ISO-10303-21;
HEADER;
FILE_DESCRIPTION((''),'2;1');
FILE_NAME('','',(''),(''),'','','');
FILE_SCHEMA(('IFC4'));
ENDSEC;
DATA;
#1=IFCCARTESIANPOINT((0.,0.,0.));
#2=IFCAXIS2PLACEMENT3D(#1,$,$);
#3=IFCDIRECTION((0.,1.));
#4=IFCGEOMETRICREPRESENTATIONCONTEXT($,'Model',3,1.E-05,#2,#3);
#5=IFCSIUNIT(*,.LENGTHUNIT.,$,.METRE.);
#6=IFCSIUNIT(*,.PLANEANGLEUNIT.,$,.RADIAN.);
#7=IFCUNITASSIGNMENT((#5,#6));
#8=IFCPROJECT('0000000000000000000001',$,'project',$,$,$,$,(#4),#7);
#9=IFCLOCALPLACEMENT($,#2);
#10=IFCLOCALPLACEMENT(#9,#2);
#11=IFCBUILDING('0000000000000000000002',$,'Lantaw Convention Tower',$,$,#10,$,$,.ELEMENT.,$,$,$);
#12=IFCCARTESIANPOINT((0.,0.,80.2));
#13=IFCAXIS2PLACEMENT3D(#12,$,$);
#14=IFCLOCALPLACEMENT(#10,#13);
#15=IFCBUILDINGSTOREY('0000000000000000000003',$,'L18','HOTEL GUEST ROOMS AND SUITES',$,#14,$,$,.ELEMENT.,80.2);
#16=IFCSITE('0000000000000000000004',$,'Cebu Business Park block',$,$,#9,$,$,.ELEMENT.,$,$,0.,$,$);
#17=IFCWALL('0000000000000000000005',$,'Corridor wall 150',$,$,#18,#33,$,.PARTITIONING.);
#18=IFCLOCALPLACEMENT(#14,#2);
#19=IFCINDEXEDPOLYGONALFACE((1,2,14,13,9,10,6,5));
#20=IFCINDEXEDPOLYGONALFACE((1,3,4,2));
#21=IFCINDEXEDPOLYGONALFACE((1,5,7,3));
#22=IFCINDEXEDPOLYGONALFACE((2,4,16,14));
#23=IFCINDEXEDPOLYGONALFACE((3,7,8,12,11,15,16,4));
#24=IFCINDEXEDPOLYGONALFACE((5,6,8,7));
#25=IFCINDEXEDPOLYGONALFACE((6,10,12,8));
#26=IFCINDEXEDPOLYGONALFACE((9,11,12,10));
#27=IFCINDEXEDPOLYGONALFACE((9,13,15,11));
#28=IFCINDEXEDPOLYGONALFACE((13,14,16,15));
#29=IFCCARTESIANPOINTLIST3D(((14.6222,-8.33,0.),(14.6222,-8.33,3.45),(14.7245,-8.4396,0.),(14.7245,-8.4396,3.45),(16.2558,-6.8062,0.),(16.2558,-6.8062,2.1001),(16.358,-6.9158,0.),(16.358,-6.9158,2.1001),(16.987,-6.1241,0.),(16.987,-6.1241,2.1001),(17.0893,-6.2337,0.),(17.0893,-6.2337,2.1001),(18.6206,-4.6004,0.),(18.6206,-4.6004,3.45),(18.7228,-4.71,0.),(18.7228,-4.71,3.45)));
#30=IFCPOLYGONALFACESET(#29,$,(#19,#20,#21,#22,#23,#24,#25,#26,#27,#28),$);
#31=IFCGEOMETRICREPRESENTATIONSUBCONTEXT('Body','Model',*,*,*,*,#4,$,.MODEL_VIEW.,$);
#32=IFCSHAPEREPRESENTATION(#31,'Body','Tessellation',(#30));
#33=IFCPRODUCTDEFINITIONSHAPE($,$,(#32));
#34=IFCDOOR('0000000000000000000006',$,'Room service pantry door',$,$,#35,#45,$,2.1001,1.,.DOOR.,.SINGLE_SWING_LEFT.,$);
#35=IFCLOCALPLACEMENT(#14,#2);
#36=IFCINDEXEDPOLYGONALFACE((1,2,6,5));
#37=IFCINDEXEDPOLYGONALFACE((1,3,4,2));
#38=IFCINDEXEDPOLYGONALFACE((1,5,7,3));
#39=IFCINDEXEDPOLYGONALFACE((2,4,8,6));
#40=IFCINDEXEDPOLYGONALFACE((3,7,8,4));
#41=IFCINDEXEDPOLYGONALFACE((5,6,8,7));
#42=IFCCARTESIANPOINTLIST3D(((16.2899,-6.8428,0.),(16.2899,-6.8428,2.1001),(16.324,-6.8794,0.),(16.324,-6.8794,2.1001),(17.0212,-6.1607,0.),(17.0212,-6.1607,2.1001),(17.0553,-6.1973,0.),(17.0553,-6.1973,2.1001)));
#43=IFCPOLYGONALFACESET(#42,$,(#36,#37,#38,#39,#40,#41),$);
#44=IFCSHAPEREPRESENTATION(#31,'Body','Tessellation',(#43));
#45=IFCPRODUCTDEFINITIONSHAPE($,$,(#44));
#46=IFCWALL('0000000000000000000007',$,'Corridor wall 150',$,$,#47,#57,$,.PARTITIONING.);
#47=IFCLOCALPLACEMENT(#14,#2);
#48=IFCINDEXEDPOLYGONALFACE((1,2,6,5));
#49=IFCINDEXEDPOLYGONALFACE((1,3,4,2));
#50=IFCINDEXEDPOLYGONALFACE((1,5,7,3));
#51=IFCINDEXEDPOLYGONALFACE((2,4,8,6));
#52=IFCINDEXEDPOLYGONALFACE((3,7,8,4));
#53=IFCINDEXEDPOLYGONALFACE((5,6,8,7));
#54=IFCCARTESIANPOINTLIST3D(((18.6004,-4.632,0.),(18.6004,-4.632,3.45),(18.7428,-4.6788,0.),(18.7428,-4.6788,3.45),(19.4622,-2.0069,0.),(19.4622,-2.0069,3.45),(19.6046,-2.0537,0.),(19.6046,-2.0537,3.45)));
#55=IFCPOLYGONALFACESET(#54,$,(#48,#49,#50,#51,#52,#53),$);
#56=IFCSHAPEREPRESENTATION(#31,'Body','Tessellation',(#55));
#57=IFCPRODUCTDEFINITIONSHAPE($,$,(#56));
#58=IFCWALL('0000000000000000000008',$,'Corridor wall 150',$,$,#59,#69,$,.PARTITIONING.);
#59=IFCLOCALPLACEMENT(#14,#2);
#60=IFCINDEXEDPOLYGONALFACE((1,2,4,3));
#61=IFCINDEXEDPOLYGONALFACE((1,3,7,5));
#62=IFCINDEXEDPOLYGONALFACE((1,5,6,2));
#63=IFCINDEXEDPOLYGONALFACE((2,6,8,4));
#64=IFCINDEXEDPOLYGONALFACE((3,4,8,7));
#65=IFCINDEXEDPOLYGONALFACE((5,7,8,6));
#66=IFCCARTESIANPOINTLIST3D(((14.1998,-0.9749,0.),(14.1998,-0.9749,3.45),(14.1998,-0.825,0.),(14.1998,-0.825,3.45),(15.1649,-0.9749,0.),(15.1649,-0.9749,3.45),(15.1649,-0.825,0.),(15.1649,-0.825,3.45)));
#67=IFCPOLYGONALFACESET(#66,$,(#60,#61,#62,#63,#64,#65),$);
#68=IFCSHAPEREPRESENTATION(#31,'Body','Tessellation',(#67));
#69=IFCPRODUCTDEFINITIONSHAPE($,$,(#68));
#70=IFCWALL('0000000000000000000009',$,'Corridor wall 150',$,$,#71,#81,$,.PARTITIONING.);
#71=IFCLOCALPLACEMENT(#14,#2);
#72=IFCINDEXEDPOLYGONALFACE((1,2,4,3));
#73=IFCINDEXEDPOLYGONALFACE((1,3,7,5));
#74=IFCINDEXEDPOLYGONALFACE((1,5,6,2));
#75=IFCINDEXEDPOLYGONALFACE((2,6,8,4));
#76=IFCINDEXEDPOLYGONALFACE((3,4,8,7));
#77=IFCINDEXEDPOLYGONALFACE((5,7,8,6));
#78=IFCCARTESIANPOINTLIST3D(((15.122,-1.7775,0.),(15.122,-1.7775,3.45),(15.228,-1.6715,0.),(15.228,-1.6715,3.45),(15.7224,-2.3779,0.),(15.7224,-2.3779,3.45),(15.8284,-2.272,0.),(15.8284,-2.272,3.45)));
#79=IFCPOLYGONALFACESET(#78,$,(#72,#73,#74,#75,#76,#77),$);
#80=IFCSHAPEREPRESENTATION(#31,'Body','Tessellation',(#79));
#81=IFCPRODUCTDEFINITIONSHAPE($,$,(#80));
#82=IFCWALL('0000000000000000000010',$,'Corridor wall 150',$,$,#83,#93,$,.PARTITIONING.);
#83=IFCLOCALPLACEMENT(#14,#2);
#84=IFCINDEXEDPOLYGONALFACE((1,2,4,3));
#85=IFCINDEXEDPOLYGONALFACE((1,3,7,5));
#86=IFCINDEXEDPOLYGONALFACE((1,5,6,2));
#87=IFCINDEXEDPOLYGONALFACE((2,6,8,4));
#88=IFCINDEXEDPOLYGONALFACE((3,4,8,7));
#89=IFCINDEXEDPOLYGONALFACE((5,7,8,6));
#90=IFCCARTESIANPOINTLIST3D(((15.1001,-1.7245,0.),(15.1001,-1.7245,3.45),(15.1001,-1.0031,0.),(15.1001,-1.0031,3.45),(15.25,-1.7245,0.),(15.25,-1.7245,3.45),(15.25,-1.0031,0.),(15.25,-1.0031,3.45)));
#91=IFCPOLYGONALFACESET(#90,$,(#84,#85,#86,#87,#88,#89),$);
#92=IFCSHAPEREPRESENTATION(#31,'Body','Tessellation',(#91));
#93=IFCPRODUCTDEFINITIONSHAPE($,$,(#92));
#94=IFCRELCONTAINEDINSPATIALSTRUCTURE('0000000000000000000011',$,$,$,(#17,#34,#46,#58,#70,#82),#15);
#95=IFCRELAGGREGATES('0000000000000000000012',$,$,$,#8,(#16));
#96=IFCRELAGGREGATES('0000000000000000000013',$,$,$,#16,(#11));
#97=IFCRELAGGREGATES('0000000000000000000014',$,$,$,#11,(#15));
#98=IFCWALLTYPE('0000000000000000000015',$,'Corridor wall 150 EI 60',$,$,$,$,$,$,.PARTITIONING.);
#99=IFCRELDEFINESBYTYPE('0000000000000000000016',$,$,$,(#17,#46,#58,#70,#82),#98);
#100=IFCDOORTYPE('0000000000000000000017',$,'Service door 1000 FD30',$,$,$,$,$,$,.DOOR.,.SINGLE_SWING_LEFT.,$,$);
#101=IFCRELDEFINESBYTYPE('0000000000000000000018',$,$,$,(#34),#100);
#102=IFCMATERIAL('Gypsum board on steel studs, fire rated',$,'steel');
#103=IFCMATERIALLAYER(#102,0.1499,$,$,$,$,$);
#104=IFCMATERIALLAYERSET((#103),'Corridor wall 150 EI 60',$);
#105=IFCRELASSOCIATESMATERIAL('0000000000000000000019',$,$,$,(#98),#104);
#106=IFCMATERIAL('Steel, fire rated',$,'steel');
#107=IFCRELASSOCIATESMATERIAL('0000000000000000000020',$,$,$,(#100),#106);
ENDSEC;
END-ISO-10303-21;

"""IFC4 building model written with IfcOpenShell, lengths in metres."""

from ifc_helpers import new_model, si_unit, direction, frame, frame_2d, origin, place, context, subcontext, project, spatial, rectangle, extrude, material, layer, layer_set, type_object, element, fill, save


model = new_model("IFC4")

# Units and contexts
model_context = context("Model", 3, precision=1e-05, world=origin(), true_north=direction((0.0, 1.0)))
body_context = subcontext(model_context, "Body", "Model", "MODEL_VIEW")
ifc_project = project(units=[si_unit("LENGTHUNIT", "METRE"), si_unit("PLANEANGLEUNIT", "RADIAN")], contexts=[model_context])

# Site, building, storey
site_placement = place(None, origin())
site = spatial("IfcSite", under=ifc_project, at=site_placement, Name="Cebu Business Park block", CompositionType="ELEMENT", RefElevation=0.0)
building_placement = place(site_placement, origin())
building = spatial("IfcBuilding", under=site, at=building_placement, Name="Lantaw Convention Tower", CompositionType="ELEMENT")
storey_placement = place(building_placement, frame((0.0, 0.0, 80.2)))
storey = spatial("IfcBuildingStorey", under=building, at=storey_placement, Name="L18", Description="HOTEL GUEST ROOMS AND SUITES", CompositionType="ELEMENT", Elevation=80.2)

# Wall, opening, door
ifc_material_1 = material(Name="Gypsum board on steel studs, fire rated", Category="steel")
ifc_layer = layer(ifc_material_1, 0.1499)
ifc_layer_set = layer_set([ifc_layer], Name="Corridor wall 150 EI 60")
wall_type = type_object("IfcWallType", Name="Corridor wall 150 EI 60", PredefinedType="PARTITIONING", material=ifc_layer_set)
ifc_material_2 = material(Name="Steel, fire rated", Category="steel")
wall_1_placement = place(storey_placement, frame((14.6733, -8.3848, 0.0), z_axis=(0.0, 0.0, 1.0), x_axis=(0.73126, 0.682099, 0.0)))
wall_1 = element("IfcWall", 1, at=wall_1_placement, inside=storey, type_object=wall_type, Name="Corridor wall 150", PredefinedType="PARTITIONING", context=body_context, shape_type="SweptSolid", body=[
    extrude(rectangle(XDim=5.4678, YDim=0.1499, at=frame_2d((2.7339, 0.0))), origin(), (0.0, 0.0, 1.0), 3.45),
])
opening_1_placement = place(wall_1_placement, frame((2.2339, 0.0, 0.0)))
opening_1 = element("IfcOpeningElement", 2, at=opening_1_placement, cuts=wall_1, PredefinedType="OPENING", context=body_context, shape_type="SweptSolid", body=[
    extrude(rectangle(XDim=1.0, YDim=2.1001, at=frame_2d((0.5, 1.05))), frame((0.0, 0.085, 0.0), z_axis=(0.0, -1.0, 0.0), x_axis=(1.0, 0.0, 0.0)), (0.0, 0.0, 1.0), 0.1699),
])
door_type_1 = type_object("IfcDoorType", Name="Service door 1000 FD30", OperationType="SINGLE_SWING_LEFT", PredefinedType="DOOR", material=ifc_material_2)
door_1_placement = place(opening_1_placement, origin())
door_1 = element("IfcDoor", 3, at=door_1_placement, inside=storey, type_object=door_type_1, Name="Room service pantry door", OperationType="SINGLE_SWING_LEFT", OverallHeight=2.1001, OverallWidth=1.0, PredefinedType="DOOR", context=body_context, shape_type="SweptSolid", body=[
    extrude(rectangle(XDim=1.0, YDim=2.1001, at=frame_2d((0.5, 1.05))), frame((0.0, 0.0249, 0.0), z_axis=(0.0, -1.0, 0.0), x_axis=(1.0, 0.0, 0.0)), (0.0, 0.0, 1.0), 0.05),
])
fill(opening_1, door_1)

# Walls
wall_2_placement = place(storey_placement, frame((18.6716, -4.6553, 0.0), z_axis=(0.0, 0.0, 1.0), x_axis=(0.31193, 0.950105, 0.0)))
element("IfcWall", 4, at=wall_2_placement, inside=storey, type_object=wall_type, Name="Corridor wall 150", PredefinedType="PARTITIONING", context=body_context, shape_type="SweptSolid", body=[
    extrude(rectangle(XDim=2.7629, YDim=0.1499, at=frame_2d((1.3813, 0.0))), origin(), (0.0, 0.0, 1.0), 3.45),
])
wall_3_placement = place(storey_placement, frame((14.2, -0.8999, 0.0), z_axis=(0.0, 0.0, 1.0), x_axis=(1.0, 0.0, 0.0)))
element("IfcWall", 5, at=wall_3_placement, inside=storey, type_object=wall_type, Name="Corridor wall 150", PredefinedType="PARTITIONING", context=body_context, shape_type="SweptSolid", body=[
    extrude(rectangle(XDim=0.9651, YDim=0.1499, at=frame_2d((0.4824, 0.0))), origin(), (0.0, 0.0, 1.0), 3.45),
])
wall_4_placement = place(storey_placement, frame((15.7754, -2.325, 0.0), z_axis=(0.0, 0.0, 1.0), x_axis=(-0.707107, 0.707107, 0.0)))
element("IfcWall", 6, at=wall_4_placement, inside=storey, type_object=wall_type, Name="Corridor wall 150", PredefinedType="PARTITIONING", context=body_context, shape_type="SweptSolid", body=[
    extrude(rectangle(XDim=0.8491, YDim=0.1499, at=frame_2d((0.4246, 0.0))), origin(), (0.0, 0.0, 1.0), 3.45),
])
wall_5_placement = place(storey_placement, frame((15.175, -1.7246, 0.0), z_axis=(0.0, 0.0, 1.0), x_axis=(0.0, 1.0, 0.0)))
element("IfcWall", 7, at=wall_5_placement, inside=storey, type_object=wall_type, Name="Corridor wall 150", PredefinedType="PARTITIONING", context=body_context, shape_type="SweptSolid", body=[
    extrude(rectangle(XDim=0.7214, YDim=0.1499, at=frame_2d((0.3608, 0.0))), origin(), (0.0, 0.0, 1.0), 3.45),
])

save(model, "model.ifc")
